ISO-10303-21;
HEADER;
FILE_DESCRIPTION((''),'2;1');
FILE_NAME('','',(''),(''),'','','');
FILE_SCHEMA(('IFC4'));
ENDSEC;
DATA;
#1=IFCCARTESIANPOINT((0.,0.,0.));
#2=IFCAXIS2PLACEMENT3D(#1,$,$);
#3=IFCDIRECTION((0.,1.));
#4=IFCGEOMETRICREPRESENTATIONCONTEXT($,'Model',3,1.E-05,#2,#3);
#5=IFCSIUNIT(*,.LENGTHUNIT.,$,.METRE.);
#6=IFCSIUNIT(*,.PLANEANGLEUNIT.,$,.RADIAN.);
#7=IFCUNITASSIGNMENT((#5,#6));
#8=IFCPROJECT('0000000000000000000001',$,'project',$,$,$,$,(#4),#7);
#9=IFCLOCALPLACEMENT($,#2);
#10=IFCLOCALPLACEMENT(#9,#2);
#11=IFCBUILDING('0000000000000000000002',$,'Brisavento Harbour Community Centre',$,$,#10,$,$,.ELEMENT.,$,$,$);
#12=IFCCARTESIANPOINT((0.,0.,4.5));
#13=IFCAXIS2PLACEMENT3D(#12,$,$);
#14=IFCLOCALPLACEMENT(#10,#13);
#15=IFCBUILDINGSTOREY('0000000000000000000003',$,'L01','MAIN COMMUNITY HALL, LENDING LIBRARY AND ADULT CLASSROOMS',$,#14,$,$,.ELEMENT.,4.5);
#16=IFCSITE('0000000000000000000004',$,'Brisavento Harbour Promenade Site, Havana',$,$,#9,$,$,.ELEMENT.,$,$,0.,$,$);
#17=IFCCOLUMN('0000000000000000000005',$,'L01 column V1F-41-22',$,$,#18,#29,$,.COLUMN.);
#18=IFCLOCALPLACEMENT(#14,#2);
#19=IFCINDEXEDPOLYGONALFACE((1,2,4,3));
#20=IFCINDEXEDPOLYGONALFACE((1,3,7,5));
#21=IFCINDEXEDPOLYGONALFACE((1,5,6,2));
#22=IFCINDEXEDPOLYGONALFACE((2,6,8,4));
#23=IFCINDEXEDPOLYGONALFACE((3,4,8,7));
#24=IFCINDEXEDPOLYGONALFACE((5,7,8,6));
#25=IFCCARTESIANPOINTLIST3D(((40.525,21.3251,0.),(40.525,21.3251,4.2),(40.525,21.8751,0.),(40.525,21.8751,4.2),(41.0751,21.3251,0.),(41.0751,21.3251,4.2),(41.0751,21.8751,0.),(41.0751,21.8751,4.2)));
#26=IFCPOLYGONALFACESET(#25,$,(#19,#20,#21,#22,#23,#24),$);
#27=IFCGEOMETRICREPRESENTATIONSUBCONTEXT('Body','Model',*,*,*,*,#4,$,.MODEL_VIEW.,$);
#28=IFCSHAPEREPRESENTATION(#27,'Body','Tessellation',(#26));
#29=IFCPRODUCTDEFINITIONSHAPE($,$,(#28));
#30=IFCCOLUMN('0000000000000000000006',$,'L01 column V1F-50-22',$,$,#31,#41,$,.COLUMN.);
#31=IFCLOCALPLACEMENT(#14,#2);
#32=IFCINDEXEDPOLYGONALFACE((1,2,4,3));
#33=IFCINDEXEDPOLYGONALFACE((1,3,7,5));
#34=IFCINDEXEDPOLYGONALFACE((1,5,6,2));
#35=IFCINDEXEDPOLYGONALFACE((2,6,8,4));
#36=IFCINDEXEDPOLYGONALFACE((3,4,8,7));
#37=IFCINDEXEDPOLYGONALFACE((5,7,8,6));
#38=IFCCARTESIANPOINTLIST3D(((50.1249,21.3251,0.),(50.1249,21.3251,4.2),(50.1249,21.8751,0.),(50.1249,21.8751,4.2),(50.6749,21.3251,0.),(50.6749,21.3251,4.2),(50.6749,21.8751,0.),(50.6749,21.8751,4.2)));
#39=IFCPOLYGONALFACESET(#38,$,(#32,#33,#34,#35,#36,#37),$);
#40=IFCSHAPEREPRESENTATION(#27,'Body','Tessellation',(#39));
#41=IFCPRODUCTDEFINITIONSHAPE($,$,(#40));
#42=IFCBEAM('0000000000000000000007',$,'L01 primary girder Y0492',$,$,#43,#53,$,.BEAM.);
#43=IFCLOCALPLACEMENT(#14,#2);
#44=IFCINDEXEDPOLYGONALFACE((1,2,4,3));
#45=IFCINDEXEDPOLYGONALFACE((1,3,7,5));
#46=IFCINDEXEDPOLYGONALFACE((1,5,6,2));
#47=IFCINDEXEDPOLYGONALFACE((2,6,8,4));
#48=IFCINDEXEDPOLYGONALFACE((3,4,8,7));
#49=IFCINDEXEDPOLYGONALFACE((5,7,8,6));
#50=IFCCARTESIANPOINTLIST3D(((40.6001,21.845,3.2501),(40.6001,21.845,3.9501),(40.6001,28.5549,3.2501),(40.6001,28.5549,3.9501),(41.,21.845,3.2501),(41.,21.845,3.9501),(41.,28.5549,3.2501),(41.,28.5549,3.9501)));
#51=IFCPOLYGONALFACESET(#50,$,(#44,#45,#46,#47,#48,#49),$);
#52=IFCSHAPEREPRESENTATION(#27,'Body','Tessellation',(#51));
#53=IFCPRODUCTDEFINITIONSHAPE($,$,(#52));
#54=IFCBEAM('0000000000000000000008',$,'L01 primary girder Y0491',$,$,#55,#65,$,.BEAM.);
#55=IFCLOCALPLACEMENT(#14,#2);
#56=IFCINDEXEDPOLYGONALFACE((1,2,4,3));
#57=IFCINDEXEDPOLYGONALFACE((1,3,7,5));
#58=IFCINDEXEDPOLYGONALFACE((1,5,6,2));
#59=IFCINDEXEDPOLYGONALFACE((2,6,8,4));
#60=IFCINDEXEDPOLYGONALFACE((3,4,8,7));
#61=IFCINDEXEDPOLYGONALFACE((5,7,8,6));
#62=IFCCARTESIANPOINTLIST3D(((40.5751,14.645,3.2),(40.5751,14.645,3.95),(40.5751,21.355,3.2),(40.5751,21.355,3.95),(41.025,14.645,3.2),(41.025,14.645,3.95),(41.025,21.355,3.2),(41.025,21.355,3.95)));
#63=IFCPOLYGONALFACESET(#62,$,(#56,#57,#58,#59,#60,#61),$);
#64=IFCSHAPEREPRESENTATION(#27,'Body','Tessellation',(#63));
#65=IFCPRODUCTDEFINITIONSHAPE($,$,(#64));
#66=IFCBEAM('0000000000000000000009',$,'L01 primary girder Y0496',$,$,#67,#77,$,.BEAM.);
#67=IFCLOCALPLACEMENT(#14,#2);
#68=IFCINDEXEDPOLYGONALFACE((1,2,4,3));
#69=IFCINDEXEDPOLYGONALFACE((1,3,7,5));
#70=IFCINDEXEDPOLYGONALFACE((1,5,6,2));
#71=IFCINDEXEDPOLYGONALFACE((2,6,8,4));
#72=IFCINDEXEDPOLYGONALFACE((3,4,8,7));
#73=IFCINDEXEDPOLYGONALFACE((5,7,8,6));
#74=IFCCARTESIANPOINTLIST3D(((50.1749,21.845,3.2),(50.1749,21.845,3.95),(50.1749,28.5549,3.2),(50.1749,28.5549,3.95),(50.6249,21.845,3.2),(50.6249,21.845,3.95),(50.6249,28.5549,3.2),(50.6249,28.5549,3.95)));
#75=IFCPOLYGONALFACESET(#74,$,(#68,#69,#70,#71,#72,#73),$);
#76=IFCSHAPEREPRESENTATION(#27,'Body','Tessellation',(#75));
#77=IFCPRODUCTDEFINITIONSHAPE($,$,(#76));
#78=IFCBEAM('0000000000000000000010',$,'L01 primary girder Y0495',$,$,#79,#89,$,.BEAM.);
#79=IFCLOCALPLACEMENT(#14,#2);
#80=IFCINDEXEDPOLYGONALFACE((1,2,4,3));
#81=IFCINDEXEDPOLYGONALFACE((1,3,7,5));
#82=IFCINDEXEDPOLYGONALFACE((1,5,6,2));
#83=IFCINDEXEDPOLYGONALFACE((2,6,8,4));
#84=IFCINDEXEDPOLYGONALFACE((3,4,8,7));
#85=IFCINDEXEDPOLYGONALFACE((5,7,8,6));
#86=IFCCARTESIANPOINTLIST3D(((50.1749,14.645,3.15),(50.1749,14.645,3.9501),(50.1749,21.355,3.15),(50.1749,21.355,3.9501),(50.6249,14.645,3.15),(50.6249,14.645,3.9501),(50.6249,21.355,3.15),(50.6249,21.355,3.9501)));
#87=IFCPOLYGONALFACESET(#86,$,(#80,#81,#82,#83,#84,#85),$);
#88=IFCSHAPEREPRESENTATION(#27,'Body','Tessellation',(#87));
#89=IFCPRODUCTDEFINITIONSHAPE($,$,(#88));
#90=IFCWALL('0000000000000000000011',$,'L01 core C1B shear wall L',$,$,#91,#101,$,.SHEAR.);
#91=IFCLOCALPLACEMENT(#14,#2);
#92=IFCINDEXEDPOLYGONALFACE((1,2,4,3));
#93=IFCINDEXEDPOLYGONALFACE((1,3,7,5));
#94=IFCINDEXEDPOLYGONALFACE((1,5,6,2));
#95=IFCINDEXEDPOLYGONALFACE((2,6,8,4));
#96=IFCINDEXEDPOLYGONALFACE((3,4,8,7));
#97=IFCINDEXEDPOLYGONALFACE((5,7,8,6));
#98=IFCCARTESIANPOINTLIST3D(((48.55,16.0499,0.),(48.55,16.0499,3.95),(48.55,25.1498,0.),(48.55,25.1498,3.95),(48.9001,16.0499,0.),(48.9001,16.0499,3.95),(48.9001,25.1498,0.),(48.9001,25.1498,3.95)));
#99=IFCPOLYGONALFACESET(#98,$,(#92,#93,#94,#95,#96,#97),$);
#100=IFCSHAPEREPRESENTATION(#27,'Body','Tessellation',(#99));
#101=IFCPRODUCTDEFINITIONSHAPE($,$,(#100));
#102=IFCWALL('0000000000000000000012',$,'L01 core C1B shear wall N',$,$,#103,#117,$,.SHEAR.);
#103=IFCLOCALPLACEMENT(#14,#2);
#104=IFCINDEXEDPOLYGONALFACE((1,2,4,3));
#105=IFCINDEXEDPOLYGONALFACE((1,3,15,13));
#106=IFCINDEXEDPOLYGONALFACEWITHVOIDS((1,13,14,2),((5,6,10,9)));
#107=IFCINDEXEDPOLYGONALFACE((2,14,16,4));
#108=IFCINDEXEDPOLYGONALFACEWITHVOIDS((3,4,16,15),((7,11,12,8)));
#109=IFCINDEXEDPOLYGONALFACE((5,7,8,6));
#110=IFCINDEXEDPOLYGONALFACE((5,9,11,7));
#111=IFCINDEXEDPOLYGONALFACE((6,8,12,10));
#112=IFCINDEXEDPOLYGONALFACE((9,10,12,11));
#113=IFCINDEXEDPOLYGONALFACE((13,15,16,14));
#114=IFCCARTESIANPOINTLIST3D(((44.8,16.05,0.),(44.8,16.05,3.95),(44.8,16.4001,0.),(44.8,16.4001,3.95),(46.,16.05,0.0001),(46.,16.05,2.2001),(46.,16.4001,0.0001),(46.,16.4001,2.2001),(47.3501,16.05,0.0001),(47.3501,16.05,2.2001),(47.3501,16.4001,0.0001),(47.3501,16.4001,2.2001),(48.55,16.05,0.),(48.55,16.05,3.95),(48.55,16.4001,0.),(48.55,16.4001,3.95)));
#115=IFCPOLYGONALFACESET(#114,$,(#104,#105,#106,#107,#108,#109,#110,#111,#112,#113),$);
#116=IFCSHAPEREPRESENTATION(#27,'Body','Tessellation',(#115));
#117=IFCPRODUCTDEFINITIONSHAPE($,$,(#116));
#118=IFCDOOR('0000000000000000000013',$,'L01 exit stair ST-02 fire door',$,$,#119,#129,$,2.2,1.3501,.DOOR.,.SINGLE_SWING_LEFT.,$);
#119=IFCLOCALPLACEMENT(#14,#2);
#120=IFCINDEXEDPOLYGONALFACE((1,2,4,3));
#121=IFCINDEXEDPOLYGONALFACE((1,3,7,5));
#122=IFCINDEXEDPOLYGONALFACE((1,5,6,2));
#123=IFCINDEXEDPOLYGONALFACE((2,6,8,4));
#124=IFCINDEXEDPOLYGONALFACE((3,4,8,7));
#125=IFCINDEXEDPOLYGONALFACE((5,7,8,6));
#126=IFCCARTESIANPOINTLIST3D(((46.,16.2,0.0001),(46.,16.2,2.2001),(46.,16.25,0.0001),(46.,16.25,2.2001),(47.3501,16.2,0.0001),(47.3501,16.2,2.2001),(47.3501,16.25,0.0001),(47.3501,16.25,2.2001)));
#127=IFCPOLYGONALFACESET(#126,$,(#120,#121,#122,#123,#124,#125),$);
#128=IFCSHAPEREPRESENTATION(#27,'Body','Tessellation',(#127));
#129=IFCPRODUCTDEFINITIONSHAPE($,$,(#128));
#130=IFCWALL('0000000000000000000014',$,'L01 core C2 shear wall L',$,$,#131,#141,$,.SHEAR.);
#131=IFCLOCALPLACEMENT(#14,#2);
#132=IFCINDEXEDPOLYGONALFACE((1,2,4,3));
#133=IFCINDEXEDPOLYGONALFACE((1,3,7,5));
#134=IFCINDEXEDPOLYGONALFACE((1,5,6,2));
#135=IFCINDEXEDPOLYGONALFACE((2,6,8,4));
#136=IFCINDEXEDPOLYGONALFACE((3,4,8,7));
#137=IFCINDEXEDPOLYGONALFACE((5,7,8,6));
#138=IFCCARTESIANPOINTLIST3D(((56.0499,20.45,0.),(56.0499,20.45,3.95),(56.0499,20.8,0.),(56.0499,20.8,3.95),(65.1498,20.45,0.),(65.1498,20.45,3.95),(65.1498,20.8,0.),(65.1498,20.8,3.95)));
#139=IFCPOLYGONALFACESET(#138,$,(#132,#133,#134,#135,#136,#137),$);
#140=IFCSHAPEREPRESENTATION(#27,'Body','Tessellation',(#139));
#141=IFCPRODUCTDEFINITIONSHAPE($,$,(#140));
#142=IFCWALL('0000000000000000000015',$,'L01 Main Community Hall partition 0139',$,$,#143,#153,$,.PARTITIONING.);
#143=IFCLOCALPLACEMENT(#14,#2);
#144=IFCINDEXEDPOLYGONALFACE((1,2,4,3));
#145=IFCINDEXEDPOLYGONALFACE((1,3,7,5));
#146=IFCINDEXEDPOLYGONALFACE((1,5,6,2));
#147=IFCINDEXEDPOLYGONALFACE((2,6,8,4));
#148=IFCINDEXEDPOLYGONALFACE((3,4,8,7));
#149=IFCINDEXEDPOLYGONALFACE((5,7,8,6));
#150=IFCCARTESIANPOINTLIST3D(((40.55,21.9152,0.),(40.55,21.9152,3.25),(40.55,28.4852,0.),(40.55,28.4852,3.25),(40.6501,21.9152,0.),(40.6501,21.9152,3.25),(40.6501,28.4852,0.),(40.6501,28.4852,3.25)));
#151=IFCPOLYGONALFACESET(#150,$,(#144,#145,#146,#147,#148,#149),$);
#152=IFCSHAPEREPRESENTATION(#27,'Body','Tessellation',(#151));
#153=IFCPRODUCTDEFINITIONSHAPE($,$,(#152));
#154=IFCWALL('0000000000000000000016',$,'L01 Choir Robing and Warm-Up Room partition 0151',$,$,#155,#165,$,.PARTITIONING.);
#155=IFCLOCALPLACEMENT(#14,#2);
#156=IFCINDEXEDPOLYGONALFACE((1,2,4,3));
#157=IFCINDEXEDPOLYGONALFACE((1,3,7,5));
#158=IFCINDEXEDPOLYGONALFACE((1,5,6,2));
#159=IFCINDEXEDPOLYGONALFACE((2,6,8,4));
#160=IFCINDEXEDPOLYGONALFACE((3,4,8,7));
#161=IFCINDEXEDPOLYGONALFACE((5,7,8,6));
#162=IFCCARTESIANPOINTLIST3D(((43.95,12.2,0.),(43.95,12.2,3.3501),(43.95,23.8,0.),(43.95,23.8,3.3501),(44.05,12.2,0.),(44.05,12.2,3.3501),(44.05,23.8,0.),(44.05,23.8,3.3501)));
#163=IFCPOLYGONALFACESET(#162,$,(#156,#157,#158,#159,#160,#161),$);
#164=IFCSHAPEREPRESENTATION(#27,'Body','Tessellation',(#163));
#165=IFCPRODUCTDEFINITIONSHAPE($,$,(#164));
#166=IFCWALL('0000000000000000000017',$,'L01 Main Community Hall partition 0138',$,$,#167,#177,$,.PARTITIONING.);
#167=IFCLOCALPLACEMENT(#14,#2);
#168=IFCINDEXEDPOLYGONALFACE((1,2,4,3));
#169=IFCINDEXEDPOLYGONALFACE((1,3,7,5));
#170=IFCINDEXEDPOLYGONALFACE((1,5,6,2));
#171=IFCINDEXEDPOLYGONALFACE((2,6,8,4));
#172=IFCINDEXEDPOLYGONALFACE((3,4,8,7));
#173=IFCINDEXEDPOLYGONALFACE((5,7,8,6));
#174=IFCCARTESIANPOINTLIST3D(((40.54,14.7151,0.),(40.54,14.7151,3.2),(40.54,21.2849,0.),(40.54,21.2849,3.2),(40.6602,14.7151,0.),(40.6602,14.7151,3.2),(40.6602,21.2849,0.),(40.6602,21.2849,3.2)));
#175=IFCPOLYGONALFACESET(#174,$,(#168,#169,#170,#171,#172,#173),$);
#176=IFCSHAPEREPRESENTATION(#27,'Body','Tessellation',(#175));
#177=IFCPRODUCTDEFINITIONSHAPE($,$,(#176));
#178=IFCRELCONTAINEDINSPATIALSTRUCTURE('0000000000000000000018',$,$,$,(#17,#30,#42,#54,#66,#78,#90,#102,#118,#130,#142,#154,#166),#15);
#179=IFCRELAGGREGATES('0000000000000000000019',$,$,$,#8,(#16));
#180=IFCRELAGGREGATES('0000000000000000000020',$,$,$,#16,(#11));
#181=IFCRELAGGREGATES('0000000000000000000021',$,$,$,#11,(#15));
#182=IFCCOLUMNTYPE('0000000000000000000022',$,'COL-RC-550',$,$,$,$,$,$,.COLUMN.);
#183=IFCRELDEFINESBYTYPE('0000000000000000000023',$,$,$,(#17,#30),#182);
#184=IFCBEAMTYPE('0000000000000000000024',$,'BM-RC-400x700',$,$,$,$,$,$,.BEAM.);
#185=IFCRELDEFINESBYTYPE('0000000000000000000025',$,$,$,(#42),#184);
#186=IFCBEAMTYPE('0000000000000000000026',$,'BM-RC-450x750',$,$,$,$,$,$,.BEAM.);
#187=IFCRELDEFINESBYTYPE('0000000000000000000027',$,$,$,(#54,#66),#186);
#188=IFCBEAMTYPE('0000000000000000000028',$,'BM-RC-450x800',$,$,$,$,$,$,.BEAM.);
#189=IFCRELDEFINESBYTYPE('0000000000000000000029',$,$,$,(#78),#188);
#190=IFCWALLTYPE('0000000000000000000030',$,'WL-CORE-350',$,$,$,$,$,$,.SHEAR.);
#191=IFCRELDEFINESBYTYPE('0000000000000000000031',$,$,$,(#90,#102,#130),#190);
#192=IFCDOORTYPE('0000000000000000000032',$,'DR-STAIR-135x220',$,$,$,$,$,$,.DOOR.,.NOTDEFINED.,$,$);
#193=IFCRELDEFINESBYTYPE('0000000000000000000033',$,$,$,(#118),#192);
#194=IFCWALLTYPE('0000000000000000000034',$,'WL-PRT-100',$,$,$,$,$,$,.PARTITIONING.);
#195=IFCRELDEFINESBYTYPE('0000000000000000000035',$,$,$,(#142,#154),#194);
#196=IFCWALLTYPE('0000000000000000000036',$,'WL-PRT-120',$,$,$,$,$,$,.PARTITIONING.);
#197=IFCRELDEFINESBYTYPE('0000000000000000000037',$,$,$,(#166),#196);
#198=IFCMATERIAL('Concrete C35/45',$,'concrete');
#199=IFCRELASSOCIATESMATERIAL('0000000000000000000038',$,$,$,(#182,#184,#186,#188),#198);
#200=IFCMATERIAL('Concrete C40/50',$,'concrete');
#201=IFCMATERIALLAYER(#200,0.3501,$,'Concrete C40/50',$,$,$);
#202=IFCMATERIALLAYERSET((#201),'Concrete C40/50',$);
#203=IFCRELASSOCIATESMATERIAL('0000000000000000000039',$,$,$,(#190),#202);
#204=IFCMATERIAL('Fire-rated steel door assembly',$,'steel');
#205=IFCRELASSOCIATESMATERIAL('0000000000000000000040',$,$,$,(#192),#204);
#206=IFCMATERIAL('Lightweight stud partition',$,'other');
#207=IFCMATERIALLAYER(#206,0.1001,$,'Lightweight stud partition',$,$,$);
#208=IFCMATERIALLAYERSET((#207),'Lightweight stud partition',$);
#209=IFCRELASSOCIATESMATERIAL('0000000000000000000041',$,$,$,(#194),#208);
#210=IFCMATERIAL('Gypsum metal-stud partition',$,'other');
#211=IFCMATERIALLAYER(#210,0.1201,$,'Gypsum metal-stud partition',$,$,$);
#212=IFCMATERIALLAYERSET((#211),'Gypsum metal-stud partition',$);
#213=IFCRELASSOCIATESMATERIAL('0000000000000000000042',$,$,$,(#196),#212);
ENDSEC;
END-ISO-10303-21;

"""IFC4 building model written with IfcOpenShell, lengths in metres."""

from ifc_helpers import new_model, si_unit, direction, frame, frame_2d, origin, origin_2d, place, context, subcontext, project, spatial, rectangle, extrude, material, layer, layer_set, material_profile, profile_set, type_object, element, fill, save


model = new_model("IFC4")

# Units and contexts
model_context = context("Model", 3, precision=1e-05, world=origin(), true_north=direction((0.0, 1.0)))
body_context = subcontext(model_context, "Body", "Model", "MODEL_VIEW")
ifc_project = project(units=[si_unit("LENGTHUNIT", "METRE"), si_unit("PLANEANGLEUNIT", "RADIAN")], contexts=[model_context])

# Site, building, storey
site_placement = place(None, origin())
site = spatial("IfcSite", under=ifc_project, at=site_placement, Name="Brisavento Harbour Promenade Site, Havana", CompositionType="ELEMENT", RefElevation=0.0)
building_placement = place(site_placement, origin())
building = spatial("IfcBuilding", under=site, at=building_placement, Name="Brisavento Harbour Community Centre", CompositionType="ELEMENT")
storey_placement = place(building_placement, frame((0.0, 0.0, 4.5)))
storey = spatial("IfcBuildingStorey", under=building, at=storey_placement, Name="L01", Description="MAIN COMMUNITY HALL, LENDING LIBRARY AND ADULT CLASSROOMS", CompositionType="ELEMENT", Elevation=4.5)

# Columns
ifc_material_1 = material(Name="Concrete C35/45", Category="concrete")
ifc_material_profile_1 = material_profile(ifc_material_1, rectangle(XDim=0.55, YDim=0.55, at=origin_2d()), Name="Concrete C35/45")
ifc_profile_set_1 = profile_set([ifc_material_profile_1], Name="Concrete C35/45")
column_type = type_object("IfcColumnType", Name="COL-RC-550", PredefinedType="COLUMN", material=ifc_profile_set_1)
for number, where, z_axis, x_axis, name in (
    (1, (40.8, 21.6001, 0.0), (0.0, 0.0, 1.0), (1.0, 0.0, 0.0), "L01 column V1F-41-22"),
    (2, (50.3999, 21.6001, 0.0), (0.0, 0.0, 1.0), (1.0, 0.0, 0.0), "L01 column V1F-50-22"),
):
    element("IfcColumn", number, at=place(storey_placement, frame(where, z_axis=z_axis, x_axis=x_axis)), inside=storey, type_object=column_type, Name=name, PredefinedType="COLUMN", context=body_context, shape_type="SweptSolid", body=[
        extrude(rectangle(XDim=0.55, YDim=0.55, at=origin_2d()), origin(), (0.0, 0.0, 1.0), 4.2),
    ])

# Beams
ifc_material_profile_2 = material_profile(ifc_material_1, rectangle(XDim=0.3999, YDim=0.7, at=origin_2d()), Name="Concrete C35/45")
ifc_profile_set_2 = profile_set([ifc_material_profile_2], Name="Concrete C35/45")
beam_type_1 = type_object("IfcBeamType", Name="BM-RC-400x700", PredefinedType="BEAM", material=ifc_profile_set_2)
beam_1_placement = place(storey_placement, frame((40.8, 21.845, 3.6001), z_axis=(0.0, 1.0, 0.0), x_axis=(-1.0, 0.0, 0.0)))
element("IfcBeam", 3, at=beam_1_placement, inside=storey, type_object=beam_type_1, Name="L01 primary girder Y0492", PredefinedType="BEAM", context=body_context, shape_type="SweptSolid", body=[
    extrude(rectangle(XDim=0.3999, YDim=0.7, at=origin_2d()), origin(), (0.0, 0.0, 1.0), 6.71),
])
ifc_material_profile_3 = material_profile(ifc_material_1, rectangle(XDim=0.45, YDim=0.75, at=origin_2d()), Name="Concrete C35/45")
ifc_profile_set_3 = profile_set([ifc_material_profile_3], Name="Concrete C35/45")
beam_type_2 = type_object("IfcBeamType", Name="BM-RC-450x750", PredefinedType="BEAM", material=ifc_profile_set_3)
for number, where, z_axis, x_axis, name in (
    (4, (40.8, 14.645, 3.575), (0.0, 1.0, 0.0), (-1.0, 0.0, 0.0), "L01 primary girder Y0491"),
    (5, (50.3999, 21.845, 3.575), (0.0, 1.0, 0.0), (-1.0, 0.0, 0.0), "L01 primary girder Y0496"),
):
    element("IfcBeam", number, at=place(storey_placement, frame(where, z_axis=z_axis, x_axis=x_axis)), inside=storey, type_object=beam_type_2, Name=name, PredefinedType="BEAM", context=body_context, shape_type="SweptSolid", body=[
        extrude(rectangle(XDim=0.45, YDim=0.75, at=origin_2d()), origin(), (0.0, 0.0, 1.0), 6.71),
    ])
ifc_material_profile_4 = material_profile(ifc_material_1, rectangle(XDim=0.45, YDim=0.8, at=origin_2d()), Name="Concrete C35/45")
ifc_profile_set_4 = profile_set([ifc_material_profile_4], Name="Concrete C35/45")
beam_type_3 = type_object("IfcBeamType", Name="BM-RC-450x800", PredefinedType="BEAM", material=ifc_profile_set_4)
beam_2_placement = place(storey_placement, frame((50.3999, 14.645, 3.55), z_axis=(0.0, 1.0, 0.0), x_axis=(-1.0, 0.0, 0.0)))
element("IfcBeam", 6, at=beam_2_placement, inside=storey, type_object=beam_type_3, Name="L01 primary girder Y0495", PredefinedType="BEAM", context=body_context, shape_type="SweptSolid", body=[
    extrude(rectangle(XDim=0.45, YDim=0.8, at=origin_2d()), origin(), (0.0, 0.0, 1.0), 6.71),
])

# Wall
ifc_material_2 = material(Name="Concrete C40/50", Category="concrete")
ifc_layer_1 = layer(ifc_material_2, 0.3501, Name="Concrete C40/50")
ifc_layer_set_1 = layer_set([ifc_layer_1], Name="Concrete C40/50")
wall_type_1 = type_object("IfcWallType", Name="WL-CORE-350", PredefinedType="SHEAR", material=ifc_layer_set_1)
wall_1_placement = place(storey_placement, frame((48.7251, 16.05, 0.0), z_axis=(0.0, 0.0, 1.0), x_axis=(0.0, 1.0, 0.0)))
element("IfcWall", 7, at=wall_1_placement, inside=storey, type_object=wall_type_1, Name="L01 core C1B shear wall L", PredefinedType="SHEAR", context=body_context, shape_type="SweptSolid", body=[
    extrude(rectangle(XDim=9.0999, YDim=0.3501, at=frame_2d((4.5498, 0.0))), origin(), (0.0, 0.0, 1.0), 3.95),
])

# Wall, opening, door
wall_2_placement = place(storey_placement, frame((44.8, 16.2251, 0.0), z_axis=(0.0, 0.0, 1.0), x_axis=(1.0, 0.0, 0.0)))
wall_2 = element("IfcWall", 8, at=wall_2_placement, inside=storey, type_object=wall_type_1, Name="L01 core C1B shear wall N", PredefinedType="SHEAR", context=body_context, shape_type="SweptSolid", body=[
    extrude(rectangle(XDim=3.75, YDim=0.3501, at=frame_2d((1.875, 0.0))), origin(), (0.0, 0.0, 1.0), 3.95),
])
opening_placement = place(wall_2_placement, frame((1.2, 0.0, 0.0)))
opening = element("IfcOpeningElement", 9, at=opening_placement, cuts=wall_2, PredefinedType="OPENING", context=body_context, shape_type="SweptSolid", body=[
    extrude(rectangle(XDim=1.3501, YDim=2.2, at=frame_2d((0.675, 1.1001))), frame((0.0, 0.1851, 0.0), z_axis=(0.0, -1.0, 0.0), x_axis=(1.0, 0.0, 0.0)), (0.0, 0.0, 1.0), 0.3701),
])
ifc_material_3 = material(Name="Fire-rated steel door assembly", Category="steel")
door_type = type_object("IfcDoorType", Name="DR-STAIR-135x220", OperationType="NOTDEFINED", PredefinedType="DOOR", material=ifc_material_3)
door_placement = place(opening_placement, origin())
door = element("IfcDoor", 10, at=door_placement, inside=storey, type_object=door_type, Name="L01 exit stair ST-02 fire door", OperationType="SINGLE_SWING_LEFT", OverallHeight=2.2, OverallWidth=1.3501, PredefinedType="DOOR", context=body_context, shape_type="SweptSolid", body=[
    extrude(rectangle(XDim=1.3501, YDim=2.2, at=frame_2d((0.675, 1.1001))), frame((0.0, 0.0249, 0.0), z_axis=(0.0, -1.0, 0.0), x_axis=(1.0, 0.0, 0.0)), (0.0, 0.0, 1.0), 0.05),
])
fill(opening, door)

# Walls
wall_3_placement = place(storey_placement, frame((56.05, 20.625, 0.0), z_axis=(0.0, 0.0, 1.0), x_axis=(1.0, 0.0, 0.0)))
element("IfcWall", 11, at=wall_3_placement, inside=storey, type_object=wall_type_1, Name="L01 core C2 shear wall L", PredefinedType="SHEAR", context=body_context, shape_type="SweptSolid", body=[
    extrude(rectangle(XDim=9.0999, YDim=0.3501, at=frame_2d((4.5498, 0.0))), origin(), (0.0, 0.0, 1.0), 3.95),
])
ifc_material_4 = material(Name="Lightweight stud partition", Category="other")
ifc_layer_2 = layer(ifc_material_4, 0.1001, Name="Lightweight stud partition")
ifc_layer_set_2 = layer_set([ifc_layer_2], Name="Lightweight stud partition")
wall_type_2 = type_object("IfcWallType", Name="WL-PRT-100", PredefinedType="PARTITIONING", material=ifc_layer_set_2)
wall_4_placement = place(storey_placement, frame((40.6001, 21.915, 0.0), z_axis=(0.0, 0.0, 1.0), x_axis=(0.0, 1.0, 0.0)))
element("IfcWall", 12, at=wall_4_placement, inside=storey, type_object=wall_type_2, Name="L01 Main Community Hall partition 0139", PredefinedType="PARTITIONING", context=body_context, shape_type="SweptSolid", body=[
    extrude(rectangle(XDim=6.5701, YDim=0.1001, at=frame_2d((3.2852, 0.0))), origin(), (0.0, 0.0, 1.0), 3.25),
])
wall_5_placement = place(storey_placement, frame((44.0, 23.8, 0.0), z_axis=(0.0, 0.0, 1.0), x_axis=(0.0, -1.0, 0.0)))
element("IfcWall", 13, at=wall_5_placement, inside=storey, type_object=wall_type_2, Name="L01 Choir Robing and Warm-Up Room partition 0151", PredefinedType="PARTITIONING", context=body_context, shape_type="SweptSolid", body=[
    extrude(rectangle(XDim=11.6001, YDim=0.1001, at=frame_2d((5.8, 0.0))), origin(), (0.0, 0.0, 1.0), 3.3501),
])
ifc_material_5 = material(Name="Gypsum metal-stud partition", Category="other")
ifc_layer_3 = layer(ifc_material_5, 0.1201, Name="Gypsum metal-stud partition")
ifc_layer_set_3 = layer_set([ifc_layer_3], Name="Gypsum metal-stud partition")
wall_type_3 = type_object("IfcWallType", Name="WL-PRT-120", PredefinedType="PARTITIONING", material=ifc_layer_set_3)
wall_6_placement = place(storey_placement, frame((40.6001, 14.7151, 0.0), z_axis=(0.0, 0.0, 1.0), x_axis=(0.0, 1.0, 0.0)))
element("IfcWall", 14, at=wall_6_placement, inside=storey, type_object=wall_type_3, Name="L01 Main Community Hall partition 0138", PredefinedType="PARTITIONING", context=body_context, shape_type="SweptSolid", body=[
    extrude(rectangle(XDim=6.5698, YDim=0.1201, at=frame_2d((3.2849, 0.0))), origin(), (0.0, 0.0, 1.0), 3.2),
])

save(model, "model.ifc")
